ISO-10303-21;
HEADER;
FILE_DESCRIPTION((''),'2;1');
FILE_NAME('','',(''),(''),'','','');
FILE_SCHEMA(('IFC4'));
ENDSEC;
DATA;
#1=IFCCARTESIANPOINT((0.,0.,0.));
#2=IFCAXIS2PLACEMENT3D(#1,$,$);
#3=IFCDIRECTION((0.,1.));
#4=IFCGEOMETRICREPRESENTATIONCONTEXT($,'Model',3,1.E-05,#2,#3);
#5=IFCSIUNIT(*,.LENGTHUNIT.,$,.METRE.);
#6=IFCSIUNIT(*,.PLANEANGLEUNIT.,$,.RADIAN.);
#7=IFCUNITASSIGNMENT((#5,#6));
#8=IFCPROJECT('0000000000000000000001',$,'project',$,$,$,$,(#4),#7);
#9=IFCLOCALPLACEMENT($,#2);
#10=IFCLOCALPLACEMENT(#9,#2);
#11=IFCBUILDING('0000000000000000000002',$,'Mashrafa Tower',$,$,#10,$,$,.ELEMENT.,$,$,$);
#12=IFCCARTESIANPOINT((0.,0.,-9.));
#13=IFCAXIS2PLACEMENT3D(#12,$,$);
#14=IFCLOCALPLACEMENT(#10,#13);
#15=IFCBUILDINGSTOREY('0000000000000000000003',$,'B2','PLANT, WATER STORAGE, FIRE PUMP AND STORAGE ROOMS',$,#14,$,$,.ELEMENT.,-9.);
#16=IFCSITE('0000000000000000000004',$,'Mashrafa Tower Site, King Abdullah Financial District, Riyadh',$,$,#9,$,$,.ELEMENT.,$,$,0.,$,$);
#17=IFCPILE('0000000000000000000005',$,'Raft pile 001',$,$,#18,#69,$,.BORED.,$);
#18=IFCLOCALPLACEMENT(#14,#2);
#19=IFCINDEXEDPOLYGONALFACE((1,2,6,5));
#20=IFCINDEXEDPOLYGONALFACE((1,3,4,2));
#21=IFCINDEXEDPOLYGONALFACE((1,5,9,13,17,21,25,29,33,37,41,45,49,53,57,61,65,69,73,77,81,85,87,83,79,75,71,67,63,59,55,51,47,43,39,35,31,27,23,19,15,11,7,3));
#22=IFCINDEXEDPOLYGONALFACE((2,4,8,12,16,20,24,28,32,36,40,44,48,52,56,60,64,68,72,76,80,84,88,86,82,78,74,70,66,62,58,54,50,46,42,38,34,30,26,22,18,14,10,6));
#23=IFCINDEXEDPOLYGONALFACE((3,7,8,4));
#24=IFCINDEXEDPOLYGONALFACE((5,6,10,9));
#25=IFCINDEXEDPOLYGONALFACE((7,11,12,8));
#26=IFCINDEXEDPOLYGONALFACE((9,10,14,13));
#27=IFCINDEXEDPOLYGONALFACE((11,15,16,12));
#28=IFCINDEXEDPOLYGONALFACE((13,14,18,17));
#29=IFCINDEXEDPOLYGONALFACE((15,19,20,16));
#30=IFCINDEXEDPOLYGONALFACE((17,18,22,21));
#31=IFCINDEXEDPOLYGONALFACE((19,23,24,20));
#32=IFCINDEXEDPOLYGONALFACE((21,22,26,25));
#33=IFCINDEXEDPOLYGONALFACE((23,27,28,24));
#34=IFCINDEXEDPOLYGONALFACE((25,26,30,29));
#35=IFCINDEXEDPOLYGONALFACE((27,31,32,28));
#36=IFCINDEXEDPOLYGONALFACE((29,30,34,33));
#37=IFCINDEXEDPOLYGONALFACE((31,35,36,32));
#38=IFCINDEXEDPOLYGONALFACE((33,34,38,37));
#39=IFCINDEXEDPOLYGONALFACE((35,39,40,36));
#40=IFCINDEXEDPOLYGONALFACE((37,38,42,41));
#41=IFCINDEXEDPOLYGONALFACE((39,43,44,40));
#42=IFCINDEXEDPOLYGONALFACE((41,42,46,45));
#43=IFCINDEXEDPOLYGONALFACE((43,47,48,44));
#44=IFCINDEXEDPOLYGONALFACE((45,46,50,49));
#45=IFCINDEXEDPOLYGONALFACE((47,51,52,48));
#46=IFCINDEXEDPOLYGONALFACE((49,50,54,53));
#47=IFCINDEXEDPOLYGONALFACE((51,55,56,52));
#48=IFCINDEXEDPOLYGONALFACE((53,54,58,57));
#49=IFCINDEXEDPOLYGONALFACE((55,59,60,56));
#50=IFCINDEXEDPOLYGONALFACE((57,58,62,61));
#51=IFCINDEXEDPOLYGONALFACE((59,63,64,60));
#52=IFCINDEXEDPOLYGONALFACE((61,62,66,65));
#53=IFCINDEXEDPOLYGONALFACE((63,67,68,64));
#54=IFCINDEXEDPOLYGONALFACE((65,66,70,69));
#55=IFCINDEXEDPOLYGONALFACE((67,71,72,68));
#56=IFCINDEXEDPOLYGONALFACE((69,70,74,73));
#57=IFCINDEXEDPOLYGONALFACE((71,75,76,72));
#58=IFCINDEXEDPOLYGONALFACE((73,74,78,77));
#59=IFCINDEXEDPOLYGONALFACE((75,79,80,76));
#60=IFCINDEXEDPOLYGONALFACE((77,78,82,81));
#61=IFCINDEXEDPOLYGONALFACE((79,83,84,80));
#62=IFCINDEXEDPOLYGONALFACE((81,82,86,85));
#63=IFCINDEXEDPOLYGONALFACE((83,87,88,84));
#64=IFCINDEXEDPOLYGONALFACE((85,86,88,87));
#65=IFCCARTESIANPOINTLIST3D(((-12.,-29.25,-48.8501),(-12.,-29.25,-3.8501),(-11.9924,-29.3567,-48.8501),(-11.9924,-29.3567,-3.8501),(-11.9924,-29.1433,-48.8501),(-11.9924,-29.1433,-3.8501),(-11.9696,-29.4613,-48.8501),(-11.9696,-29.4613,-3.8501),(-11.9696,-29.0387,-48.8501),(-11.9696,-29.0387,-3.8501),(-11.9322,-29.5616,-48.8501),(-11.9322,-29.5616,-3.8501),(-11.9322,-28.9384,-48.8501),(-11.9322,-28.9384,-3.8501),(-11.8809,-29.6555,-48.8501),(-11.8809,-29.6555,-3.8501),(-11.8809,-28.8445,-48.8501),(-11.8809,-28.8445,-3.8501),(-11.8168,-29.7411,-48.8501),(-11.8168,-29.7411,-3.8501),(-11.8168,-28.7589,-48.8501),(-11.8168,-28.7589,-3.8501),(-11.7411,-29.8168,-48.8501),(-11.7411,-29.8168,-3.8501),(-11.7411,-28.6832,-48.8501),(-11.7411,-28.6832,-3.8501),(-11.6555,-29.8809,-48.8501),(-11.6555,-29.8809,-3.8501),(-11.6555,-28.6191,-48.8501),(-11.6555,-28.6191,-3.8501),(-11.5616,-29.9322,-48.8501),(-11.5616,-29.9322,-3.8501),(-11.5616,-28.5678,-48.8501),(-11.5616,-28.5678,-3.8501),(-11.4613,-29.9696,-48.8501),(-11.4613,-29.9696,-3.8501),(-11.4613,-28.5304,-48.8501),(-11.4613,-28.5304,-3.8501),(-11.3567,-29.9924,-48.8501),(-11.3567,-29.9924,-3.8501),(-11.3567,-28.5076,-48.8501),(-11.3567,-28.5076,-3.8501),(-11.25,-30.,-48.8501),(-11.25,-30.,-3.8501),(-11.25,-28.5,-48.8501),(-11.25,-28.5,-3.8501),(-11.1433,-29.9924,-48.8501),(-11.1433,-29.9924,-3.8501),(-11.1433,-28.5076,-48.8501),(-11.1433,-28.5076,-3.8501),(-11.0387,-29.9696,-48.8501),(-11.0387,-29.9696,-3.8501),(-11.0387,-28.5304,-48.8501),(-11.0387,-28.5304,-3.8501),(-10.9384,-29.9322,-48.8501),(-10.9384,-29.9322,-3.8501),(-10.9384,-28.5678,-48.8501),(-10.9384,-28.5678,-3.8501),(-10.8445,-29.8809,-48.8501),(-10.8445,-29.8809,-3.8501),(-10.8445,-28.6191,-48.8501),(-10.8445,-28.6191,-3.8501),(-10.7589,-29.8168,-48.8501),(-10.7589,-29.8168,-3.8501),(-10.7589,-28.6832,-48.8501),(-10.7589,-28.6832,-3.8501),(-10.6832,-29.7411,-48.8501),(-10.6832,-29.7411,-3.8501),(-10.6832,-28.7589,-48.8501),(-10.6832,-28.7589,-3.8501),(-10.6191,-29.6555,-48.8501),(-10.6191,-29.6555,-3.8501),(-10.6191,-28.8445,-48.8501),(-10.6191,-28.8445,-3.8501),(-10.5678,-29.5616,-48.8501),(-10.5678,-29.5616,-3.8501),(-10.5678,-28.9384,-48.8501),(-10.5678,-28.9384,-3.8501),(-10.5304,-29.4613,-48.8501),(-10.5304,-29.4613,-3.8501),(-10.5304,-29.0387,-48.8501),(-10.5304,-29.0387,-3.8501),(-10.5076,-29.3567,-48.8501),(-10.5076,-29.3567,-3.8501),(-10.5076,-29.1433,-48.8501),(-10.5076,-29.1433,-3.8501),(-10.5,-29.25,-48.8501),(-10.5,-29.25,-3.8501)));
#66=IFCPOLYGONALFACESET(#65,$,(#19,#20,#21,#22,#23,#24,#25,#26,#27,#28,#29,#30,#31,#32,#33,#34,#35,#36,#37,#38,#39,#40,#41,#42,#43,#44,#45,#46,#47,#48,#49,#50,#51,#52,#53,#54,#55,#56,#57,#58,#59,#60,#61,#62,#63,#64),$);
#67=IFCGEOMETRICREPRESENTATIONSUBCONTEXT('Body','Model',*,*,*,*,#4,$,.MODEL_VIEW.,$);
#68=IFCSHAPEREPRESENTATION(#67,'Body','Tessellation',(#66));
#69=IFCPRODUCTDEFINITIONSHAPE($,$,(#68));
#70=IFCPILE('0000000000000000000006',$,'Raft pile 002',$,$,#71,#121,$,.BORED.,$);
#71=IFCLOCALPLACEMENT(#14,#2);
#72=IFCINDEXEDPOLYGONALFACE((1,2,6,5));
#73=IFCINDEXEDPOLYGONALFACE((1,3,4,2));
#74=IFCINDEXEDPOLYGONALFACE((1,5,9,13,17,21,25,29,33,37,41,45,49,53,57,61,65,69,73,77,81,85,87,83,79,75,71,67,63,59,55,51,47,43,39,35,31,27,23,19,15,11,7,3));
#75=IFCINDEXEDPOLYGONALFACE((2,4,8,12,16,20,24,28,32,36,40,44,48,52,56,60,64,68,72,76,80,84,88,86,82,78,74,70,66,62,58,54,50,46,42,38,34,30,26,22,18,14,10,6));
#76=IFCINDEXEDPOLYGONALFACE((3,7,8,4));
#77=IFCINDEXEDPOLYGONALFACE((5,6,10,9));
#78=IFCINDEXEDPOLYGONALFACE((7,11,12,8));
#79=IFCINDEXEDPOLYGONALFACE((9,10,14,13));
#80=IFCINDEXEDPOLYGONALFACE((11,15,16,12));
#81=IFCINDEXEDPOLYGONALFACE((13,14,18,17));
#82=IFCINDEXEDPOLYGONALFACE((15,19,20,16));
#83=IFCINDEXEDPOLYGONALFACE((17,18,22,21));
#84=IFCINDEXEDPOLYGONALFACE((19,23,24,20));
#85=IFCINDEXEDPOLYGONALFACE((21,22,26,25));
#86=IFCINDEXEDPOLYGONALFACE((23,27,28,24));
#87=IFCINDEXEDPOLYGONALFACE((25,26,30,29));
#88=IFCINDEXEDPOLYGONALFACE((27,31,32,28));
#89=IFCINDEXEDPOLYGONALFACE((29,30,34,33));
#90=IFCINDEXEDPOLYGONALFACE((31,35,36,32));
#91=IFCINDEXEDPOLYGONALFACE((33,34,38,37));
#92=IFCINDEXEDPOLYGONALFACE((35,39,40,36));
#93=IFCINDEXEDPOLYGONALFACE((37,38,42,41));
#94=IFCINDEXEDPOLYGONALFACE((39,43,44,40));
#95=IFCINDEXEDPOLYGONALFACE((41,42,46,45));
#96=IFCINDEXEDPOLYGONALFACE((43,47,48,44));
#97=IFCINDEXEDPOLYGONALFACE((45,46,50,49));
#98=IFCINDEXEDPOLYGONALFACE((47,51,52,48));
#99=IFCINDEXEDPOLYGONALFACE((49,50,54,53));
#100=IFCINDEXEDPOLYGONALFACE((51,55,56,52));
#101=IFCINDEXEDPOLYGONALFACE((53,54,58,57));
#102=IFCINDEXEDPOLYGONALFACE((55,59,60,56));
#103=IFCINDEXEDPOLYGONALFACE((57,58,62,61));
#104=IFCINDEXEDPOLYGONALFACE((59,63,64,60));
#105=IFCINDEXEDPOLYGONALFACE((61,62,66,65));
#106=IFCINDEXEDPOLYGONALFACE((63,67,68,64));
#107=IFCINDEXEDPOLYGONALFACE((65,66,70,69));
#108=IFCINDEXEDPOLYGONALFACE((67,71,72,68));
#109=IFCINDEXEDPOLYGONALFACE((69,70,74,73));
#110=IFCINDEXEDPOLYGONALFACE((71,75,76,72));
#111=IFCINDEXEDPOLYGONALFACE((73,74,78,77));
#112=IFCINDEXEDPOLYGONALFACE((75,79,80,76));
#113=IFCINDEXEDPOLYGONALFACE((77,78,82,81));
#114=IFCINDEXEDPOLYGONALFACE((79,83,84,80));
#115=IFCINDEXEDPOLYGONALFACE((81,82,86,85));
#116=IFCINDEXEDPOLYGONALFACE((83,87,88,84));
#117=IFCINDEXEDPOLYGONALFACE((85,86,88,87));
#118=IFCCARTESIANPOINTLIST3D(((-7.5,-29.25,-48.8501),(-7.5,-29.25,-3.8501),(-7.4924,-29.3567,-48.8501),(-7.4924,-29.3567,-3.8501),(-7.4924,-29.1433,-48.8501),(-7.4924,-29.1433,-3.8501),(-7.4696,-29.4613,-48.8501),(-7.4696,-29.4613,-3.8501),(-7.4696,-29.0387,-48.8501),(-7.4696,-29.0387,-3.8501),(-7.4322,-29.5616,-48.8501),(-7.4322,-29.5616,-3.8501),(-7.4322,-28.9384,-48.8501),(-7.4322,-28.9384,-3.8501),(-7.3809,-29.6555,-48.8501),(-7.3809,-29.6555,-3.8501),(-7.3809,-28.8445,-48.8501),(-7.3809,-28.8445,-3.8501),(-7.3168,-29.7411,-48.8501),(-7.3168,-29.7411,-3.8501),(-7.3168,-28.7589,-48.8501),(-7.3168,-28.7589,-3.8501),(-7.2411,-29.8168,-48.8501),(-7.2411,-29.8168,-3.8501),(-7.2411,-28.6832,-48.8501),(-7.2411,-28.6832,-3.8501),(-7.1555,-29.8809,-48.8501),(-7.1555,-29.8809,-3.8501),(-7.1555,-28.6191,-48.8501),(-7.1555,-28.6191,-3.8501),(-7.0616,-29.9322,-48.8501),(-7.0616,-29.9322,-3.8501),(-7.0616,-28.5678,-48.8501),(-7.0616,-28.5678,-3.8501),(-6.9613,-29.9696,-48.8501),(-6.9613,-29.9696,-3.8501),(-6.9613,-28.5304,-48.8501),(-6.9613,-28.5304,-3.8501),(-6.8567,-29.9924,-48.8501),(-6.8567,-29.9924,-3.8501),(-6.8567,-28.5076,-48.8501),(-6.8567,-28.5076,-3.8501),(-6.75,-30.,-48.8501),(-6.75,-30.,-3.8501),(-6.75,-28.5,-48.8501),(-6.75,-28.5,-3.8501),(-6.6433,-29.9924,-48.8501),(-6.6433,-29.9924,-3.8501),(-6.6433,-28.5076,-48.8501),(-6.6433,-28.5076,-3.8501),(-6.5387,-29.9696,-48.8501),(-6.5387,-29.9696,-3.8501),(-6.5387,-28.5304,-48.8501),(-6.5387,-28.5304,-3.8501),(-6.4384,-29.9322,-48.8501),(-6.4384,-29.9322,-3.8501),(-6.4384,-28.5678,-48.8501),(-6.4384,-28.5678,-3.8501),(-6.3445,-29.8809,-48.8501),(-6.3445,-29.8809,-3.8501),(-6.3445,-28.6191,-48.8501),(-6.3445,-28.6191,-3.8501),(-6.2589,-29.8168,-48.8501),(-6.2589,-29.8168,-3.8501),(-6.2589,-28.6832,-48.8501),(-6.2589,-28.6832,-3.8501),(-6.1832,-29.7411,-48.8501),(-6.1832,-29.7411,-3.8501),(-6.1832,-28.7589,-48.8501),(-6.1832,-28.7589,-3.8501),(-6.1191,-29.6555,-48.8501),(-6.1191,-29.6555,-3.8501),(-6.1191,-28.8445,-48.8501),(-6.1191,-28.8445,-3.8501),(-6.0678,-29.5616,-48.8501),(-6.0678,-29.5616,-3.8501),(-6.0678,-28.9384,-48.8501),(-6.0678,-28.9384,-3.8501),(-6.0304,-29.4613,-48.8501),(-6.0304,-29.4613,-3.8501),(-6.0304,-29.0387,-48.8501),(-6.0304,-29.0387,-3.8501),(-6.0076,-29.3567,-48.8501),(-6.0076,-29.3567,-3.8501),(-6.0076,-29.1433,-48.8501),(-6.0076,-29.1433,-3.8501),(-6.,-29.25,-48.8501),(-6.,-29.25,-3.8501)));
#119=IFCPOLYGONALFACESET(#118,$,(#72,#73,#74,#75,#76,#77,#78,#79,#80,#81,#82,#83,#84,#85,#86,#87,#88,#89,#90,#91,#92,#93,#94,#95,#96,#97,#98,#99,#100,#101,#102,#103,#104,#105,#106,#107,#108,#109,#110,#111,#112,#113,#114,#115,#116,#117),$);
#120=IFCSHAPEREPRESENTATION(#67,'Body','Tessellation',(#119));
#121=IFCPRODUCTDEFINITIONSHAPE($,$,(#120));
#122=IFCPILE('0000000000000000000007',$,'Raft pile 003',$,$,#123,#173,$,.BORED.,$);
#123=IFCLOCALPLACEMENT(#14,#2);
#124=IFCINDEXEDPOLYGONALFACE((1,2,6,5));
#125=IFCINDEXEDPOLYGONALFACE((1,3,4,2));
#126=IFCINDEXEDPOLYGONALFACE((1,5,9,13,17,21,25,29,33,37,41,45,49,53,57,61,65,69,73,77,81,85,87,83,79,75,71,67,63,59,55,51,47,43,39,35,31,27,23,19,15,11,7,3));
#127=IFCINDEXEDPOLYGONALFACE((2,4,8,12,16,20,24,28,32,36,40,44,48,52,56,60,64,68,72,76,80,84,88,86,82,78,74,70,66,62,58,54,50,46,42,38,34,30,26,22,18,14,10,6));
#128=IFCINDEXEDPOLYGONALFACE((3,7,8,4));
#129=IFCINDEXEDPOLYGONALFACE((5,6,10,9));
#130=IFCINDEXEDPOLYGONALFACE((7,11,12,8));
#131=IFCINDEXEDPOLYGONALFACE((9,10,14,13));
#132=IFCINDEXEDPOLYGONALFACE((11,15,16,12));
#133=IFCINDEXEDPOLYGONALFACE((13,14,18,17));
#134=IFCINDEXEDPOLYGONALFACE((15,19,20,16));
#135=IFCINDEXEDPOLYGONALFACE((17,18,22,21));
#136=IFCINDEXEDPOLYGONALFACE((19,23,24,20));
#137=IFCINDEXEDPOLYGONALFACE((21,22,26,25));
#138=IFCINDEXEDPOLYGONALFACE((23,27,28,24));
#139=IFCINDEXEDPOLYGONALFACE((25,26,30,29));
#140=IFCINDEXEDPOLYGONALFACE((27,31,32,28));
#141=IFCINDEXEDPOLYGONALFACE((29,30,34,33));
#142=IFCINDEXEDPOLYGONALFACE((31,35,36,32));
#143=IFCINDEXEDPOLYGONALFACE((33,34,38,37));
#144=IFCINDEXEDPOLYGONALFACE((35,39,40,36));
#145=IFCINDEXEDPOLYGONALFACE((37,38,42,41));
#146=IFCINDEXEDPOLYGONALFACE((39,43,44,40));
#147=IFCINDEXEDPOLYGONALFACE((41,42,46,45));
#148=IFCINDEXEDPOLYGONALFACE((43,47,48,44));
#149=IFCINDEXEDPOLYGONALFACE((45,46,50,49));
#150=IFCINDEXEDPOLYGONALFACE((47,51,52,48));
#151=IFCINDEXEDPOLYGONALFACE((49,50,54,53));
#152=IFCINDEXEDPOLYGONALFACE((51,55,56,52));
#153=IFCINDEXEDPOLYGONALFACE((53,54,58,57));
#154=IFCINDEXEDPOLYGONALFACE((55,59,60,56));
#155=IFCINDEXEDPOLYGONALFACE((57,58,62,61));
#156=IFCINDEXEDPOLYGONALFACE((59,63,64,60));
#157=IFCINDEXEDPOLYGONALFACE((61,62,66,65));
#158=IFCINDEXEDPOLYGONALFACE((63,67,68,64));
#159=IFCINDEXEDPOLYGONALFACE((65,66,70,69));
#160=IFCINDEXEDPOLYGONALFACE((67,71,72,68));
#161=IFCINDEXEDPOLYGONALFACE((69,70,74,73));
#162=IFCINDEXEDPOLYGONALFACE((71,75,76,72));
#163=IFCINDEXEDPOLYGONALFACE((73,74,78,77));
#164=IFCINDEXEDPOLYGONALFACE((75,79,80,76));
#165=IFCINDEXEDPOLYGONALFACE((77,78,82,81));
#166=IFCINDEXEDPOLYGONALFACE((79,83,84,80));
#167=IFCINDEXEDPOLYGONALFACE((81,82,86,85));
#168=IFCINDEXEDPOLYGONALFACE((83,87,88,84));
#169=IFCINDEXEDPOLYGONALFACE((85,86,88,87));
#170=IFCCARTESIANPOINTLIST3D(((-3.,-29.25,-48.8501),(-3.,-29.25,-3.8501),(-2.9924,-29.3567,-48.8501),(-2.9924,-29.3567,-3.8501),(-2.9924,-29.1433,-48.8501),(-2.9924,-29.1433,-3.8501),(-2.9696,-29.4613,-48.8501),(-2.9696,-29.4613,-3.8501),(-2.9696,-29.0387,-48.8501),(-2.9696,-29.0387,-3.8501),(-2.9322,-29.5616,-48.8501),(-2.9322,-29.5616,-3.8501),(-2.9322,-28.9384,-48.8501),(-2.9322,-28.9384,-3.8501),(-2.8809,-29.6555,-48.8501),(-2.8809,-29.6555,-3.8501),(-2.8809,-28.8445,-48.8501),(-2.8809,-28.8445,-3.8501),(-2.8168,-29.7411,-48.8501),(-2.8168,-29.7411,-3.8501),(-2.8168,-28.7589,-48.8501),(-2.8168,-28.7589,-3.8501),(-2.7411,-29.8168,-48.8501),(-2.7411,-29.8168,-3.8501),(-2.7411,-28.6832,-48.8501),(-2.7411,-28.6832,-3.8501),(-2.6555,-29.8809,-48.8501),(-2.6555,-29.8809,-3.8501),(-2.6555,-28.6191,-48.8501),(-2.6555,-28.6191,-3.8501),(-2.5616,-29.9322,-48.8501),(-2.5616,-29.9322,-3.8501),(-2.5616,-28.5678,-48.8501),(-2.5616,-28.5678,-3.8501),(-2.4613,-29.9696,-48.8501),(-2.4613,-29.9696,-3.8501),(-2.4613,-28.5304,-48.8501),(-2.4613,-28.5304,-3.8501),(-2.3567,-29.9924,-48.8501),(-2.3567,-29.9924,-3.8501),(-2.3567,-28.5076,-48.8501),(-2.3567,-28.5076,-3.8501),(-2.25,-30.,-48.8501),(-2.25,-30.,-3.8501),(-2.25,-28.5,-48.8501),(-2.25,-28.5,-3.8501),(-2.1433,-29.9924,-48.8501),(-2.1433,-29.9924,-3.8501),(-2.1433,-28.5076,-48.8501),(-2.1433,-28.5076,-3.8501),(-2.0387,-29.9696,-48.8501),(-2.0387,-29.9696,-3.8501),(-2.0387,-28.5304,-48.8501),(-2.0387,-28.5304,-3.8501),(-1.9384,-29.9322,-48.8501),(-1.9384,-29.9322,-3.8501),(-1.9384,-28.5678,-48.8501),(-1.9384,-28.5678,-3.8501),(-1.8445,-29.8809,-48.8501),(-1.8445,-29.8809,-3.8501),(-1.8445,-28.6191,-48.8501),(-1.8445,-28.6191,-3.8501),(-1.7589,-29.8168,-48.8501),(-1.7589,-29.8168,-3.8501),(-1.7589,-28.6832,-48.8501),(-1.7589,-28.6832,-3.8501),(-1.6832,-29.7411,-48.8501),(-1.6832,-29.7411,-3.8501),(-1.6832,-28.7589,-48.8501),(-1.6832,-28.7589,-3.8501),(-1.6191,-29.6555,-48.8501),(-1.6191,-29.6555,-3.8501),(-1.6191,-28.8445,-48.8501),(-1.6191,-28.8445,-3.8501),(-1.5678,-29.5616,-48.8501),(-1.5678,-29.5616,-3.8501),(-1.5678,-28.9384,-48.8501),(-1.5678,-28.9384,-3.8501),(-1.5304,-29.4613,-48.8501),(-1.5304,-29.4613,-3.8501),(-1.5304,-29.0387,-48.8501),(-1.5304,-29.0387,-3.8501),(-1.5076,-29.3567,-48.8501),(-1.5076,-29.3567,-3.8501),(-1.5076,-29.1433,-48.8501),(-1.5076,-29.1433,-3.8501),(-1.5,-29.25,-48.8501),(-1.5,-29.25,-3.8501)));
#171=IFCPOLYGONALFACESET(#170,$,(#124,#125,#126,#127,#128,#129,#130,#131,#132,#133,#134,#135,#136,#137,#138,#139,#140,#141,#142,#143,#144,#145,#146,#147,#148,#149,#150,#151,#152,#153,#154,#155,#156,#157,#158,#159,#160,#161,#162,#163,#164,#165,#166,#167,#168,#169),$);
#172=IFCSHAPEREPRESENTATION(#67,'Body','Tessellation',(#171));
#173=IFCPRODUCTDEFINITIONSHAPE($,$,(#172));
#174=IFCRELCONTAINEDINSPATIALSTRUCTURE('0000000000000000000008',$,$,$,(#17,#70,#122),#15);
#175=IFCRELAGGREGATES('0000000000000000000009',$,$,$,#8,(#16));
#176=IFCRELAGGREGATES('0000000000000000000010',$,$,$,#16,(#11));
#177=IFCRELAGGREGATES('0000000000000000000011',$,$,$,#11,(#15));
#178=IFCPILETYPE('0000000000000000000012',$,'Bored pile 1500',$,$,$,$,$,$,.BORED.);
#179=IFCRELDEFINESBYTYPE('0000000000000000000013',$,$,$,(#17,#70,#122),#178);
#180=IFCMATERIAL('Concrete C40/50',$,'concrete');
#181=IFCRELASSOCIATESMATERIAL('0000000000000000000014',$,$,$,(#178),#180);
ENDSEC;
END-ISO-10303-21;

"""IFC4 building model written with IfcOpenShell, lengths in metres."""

from ifc_helpers import new_model, si_unit, direction, frame, origin, origin_2d, place, context, subcontext, project, spatial, circle, extrude, material, material_profile, profile_set, type_object, element, save


model = new_model("IFC4")

# Units and contexts
model_context = context("Model", 3, precision=1e-05, world=origin(), true_north=direction((0.0, 1.0)))
body_context = subcontext(model_context, "Body", "Model", "MODEL_VIEW")
ifc_project = project(units=[si_unit("LENGTHUNIT", "METRE"), si_unit("PLANEANGLEUNIT", "RADIAN")], contexts=[model_context])

# Site, building, storey
site_placement = place(None, origin())
site = spatial("IfcSite", under=ifc_project, at=site_placement, Name="Mashrafa Tower Site, King Abdullah Financial District, Riyadh", CompositionType="ELEMENT", RefElevation=0.0)
building_placement = place(site_placement, origin())
building = spatial("IfcBuilding", under=site, at=building_placement, Name="Mashrafa Tower", CompositionType="ELEMENT")
storey_placement = place(building_placement, frame((0.0, 0.0, -9.0)))
storey = spatial("IfcBuildingStorey", under=building, at=storey_placement, Name="B2", Description="PLANT, WATER STORAGE, FIRE PUMP AND STORAGE ROOMS", CompositionType="ELEMENT", Elevation=-9.0)

# Piles
ifc_material_1 = material(Name="Concrete C40/50", Category="concrete")
ifc_material_profile_1 = material_profile(ifc_material_1, circle(Radius=0.75, at=origin_2d()), Name="1500 DIA")
ifc_profile_set_1 = profile_set([ifc_material_profile_1], Name="Concrete C40/50")
pile_type_1 = type_object("IfcPileType", Name="Bored pile 1500", PredefinedType="BORED", material=ifc_profile_set_1)
for number, where, z_axis, x_axis, name in (
    (1, (-11.25, -29.25, -3.8501), (0.0, 0.0, -1.0), (1.0, 0.0, 0.0), "Raft pile 001"),
    (2, (-6.75, -29.25, -3.8501), (0.0, 0.0, -1.0), (1.0, 0.0, 0.0), "Raft pile 002"),
    (3, (-2.25, -29.25, -3.8501), (0.0, 0.0, -1.0), (1.0, 0.0, 0.0), "Raft pile 003"),
):
    element("IfcPile", number, at=place(storey_placement, frame(where, z_axis=z_axis, x_axis=x_axis)), inside=storey, type_object=pile_type_1, Name=name, PredefinedType="BORED", context=body_context, shape_type="SweptSolid", body=[
        extrude(circle(Radius=0.75, at=origin_2d()), origin(), (0.0, 0.0, 1.0), 45.0),
    ])

save(model, "model.ifc")
